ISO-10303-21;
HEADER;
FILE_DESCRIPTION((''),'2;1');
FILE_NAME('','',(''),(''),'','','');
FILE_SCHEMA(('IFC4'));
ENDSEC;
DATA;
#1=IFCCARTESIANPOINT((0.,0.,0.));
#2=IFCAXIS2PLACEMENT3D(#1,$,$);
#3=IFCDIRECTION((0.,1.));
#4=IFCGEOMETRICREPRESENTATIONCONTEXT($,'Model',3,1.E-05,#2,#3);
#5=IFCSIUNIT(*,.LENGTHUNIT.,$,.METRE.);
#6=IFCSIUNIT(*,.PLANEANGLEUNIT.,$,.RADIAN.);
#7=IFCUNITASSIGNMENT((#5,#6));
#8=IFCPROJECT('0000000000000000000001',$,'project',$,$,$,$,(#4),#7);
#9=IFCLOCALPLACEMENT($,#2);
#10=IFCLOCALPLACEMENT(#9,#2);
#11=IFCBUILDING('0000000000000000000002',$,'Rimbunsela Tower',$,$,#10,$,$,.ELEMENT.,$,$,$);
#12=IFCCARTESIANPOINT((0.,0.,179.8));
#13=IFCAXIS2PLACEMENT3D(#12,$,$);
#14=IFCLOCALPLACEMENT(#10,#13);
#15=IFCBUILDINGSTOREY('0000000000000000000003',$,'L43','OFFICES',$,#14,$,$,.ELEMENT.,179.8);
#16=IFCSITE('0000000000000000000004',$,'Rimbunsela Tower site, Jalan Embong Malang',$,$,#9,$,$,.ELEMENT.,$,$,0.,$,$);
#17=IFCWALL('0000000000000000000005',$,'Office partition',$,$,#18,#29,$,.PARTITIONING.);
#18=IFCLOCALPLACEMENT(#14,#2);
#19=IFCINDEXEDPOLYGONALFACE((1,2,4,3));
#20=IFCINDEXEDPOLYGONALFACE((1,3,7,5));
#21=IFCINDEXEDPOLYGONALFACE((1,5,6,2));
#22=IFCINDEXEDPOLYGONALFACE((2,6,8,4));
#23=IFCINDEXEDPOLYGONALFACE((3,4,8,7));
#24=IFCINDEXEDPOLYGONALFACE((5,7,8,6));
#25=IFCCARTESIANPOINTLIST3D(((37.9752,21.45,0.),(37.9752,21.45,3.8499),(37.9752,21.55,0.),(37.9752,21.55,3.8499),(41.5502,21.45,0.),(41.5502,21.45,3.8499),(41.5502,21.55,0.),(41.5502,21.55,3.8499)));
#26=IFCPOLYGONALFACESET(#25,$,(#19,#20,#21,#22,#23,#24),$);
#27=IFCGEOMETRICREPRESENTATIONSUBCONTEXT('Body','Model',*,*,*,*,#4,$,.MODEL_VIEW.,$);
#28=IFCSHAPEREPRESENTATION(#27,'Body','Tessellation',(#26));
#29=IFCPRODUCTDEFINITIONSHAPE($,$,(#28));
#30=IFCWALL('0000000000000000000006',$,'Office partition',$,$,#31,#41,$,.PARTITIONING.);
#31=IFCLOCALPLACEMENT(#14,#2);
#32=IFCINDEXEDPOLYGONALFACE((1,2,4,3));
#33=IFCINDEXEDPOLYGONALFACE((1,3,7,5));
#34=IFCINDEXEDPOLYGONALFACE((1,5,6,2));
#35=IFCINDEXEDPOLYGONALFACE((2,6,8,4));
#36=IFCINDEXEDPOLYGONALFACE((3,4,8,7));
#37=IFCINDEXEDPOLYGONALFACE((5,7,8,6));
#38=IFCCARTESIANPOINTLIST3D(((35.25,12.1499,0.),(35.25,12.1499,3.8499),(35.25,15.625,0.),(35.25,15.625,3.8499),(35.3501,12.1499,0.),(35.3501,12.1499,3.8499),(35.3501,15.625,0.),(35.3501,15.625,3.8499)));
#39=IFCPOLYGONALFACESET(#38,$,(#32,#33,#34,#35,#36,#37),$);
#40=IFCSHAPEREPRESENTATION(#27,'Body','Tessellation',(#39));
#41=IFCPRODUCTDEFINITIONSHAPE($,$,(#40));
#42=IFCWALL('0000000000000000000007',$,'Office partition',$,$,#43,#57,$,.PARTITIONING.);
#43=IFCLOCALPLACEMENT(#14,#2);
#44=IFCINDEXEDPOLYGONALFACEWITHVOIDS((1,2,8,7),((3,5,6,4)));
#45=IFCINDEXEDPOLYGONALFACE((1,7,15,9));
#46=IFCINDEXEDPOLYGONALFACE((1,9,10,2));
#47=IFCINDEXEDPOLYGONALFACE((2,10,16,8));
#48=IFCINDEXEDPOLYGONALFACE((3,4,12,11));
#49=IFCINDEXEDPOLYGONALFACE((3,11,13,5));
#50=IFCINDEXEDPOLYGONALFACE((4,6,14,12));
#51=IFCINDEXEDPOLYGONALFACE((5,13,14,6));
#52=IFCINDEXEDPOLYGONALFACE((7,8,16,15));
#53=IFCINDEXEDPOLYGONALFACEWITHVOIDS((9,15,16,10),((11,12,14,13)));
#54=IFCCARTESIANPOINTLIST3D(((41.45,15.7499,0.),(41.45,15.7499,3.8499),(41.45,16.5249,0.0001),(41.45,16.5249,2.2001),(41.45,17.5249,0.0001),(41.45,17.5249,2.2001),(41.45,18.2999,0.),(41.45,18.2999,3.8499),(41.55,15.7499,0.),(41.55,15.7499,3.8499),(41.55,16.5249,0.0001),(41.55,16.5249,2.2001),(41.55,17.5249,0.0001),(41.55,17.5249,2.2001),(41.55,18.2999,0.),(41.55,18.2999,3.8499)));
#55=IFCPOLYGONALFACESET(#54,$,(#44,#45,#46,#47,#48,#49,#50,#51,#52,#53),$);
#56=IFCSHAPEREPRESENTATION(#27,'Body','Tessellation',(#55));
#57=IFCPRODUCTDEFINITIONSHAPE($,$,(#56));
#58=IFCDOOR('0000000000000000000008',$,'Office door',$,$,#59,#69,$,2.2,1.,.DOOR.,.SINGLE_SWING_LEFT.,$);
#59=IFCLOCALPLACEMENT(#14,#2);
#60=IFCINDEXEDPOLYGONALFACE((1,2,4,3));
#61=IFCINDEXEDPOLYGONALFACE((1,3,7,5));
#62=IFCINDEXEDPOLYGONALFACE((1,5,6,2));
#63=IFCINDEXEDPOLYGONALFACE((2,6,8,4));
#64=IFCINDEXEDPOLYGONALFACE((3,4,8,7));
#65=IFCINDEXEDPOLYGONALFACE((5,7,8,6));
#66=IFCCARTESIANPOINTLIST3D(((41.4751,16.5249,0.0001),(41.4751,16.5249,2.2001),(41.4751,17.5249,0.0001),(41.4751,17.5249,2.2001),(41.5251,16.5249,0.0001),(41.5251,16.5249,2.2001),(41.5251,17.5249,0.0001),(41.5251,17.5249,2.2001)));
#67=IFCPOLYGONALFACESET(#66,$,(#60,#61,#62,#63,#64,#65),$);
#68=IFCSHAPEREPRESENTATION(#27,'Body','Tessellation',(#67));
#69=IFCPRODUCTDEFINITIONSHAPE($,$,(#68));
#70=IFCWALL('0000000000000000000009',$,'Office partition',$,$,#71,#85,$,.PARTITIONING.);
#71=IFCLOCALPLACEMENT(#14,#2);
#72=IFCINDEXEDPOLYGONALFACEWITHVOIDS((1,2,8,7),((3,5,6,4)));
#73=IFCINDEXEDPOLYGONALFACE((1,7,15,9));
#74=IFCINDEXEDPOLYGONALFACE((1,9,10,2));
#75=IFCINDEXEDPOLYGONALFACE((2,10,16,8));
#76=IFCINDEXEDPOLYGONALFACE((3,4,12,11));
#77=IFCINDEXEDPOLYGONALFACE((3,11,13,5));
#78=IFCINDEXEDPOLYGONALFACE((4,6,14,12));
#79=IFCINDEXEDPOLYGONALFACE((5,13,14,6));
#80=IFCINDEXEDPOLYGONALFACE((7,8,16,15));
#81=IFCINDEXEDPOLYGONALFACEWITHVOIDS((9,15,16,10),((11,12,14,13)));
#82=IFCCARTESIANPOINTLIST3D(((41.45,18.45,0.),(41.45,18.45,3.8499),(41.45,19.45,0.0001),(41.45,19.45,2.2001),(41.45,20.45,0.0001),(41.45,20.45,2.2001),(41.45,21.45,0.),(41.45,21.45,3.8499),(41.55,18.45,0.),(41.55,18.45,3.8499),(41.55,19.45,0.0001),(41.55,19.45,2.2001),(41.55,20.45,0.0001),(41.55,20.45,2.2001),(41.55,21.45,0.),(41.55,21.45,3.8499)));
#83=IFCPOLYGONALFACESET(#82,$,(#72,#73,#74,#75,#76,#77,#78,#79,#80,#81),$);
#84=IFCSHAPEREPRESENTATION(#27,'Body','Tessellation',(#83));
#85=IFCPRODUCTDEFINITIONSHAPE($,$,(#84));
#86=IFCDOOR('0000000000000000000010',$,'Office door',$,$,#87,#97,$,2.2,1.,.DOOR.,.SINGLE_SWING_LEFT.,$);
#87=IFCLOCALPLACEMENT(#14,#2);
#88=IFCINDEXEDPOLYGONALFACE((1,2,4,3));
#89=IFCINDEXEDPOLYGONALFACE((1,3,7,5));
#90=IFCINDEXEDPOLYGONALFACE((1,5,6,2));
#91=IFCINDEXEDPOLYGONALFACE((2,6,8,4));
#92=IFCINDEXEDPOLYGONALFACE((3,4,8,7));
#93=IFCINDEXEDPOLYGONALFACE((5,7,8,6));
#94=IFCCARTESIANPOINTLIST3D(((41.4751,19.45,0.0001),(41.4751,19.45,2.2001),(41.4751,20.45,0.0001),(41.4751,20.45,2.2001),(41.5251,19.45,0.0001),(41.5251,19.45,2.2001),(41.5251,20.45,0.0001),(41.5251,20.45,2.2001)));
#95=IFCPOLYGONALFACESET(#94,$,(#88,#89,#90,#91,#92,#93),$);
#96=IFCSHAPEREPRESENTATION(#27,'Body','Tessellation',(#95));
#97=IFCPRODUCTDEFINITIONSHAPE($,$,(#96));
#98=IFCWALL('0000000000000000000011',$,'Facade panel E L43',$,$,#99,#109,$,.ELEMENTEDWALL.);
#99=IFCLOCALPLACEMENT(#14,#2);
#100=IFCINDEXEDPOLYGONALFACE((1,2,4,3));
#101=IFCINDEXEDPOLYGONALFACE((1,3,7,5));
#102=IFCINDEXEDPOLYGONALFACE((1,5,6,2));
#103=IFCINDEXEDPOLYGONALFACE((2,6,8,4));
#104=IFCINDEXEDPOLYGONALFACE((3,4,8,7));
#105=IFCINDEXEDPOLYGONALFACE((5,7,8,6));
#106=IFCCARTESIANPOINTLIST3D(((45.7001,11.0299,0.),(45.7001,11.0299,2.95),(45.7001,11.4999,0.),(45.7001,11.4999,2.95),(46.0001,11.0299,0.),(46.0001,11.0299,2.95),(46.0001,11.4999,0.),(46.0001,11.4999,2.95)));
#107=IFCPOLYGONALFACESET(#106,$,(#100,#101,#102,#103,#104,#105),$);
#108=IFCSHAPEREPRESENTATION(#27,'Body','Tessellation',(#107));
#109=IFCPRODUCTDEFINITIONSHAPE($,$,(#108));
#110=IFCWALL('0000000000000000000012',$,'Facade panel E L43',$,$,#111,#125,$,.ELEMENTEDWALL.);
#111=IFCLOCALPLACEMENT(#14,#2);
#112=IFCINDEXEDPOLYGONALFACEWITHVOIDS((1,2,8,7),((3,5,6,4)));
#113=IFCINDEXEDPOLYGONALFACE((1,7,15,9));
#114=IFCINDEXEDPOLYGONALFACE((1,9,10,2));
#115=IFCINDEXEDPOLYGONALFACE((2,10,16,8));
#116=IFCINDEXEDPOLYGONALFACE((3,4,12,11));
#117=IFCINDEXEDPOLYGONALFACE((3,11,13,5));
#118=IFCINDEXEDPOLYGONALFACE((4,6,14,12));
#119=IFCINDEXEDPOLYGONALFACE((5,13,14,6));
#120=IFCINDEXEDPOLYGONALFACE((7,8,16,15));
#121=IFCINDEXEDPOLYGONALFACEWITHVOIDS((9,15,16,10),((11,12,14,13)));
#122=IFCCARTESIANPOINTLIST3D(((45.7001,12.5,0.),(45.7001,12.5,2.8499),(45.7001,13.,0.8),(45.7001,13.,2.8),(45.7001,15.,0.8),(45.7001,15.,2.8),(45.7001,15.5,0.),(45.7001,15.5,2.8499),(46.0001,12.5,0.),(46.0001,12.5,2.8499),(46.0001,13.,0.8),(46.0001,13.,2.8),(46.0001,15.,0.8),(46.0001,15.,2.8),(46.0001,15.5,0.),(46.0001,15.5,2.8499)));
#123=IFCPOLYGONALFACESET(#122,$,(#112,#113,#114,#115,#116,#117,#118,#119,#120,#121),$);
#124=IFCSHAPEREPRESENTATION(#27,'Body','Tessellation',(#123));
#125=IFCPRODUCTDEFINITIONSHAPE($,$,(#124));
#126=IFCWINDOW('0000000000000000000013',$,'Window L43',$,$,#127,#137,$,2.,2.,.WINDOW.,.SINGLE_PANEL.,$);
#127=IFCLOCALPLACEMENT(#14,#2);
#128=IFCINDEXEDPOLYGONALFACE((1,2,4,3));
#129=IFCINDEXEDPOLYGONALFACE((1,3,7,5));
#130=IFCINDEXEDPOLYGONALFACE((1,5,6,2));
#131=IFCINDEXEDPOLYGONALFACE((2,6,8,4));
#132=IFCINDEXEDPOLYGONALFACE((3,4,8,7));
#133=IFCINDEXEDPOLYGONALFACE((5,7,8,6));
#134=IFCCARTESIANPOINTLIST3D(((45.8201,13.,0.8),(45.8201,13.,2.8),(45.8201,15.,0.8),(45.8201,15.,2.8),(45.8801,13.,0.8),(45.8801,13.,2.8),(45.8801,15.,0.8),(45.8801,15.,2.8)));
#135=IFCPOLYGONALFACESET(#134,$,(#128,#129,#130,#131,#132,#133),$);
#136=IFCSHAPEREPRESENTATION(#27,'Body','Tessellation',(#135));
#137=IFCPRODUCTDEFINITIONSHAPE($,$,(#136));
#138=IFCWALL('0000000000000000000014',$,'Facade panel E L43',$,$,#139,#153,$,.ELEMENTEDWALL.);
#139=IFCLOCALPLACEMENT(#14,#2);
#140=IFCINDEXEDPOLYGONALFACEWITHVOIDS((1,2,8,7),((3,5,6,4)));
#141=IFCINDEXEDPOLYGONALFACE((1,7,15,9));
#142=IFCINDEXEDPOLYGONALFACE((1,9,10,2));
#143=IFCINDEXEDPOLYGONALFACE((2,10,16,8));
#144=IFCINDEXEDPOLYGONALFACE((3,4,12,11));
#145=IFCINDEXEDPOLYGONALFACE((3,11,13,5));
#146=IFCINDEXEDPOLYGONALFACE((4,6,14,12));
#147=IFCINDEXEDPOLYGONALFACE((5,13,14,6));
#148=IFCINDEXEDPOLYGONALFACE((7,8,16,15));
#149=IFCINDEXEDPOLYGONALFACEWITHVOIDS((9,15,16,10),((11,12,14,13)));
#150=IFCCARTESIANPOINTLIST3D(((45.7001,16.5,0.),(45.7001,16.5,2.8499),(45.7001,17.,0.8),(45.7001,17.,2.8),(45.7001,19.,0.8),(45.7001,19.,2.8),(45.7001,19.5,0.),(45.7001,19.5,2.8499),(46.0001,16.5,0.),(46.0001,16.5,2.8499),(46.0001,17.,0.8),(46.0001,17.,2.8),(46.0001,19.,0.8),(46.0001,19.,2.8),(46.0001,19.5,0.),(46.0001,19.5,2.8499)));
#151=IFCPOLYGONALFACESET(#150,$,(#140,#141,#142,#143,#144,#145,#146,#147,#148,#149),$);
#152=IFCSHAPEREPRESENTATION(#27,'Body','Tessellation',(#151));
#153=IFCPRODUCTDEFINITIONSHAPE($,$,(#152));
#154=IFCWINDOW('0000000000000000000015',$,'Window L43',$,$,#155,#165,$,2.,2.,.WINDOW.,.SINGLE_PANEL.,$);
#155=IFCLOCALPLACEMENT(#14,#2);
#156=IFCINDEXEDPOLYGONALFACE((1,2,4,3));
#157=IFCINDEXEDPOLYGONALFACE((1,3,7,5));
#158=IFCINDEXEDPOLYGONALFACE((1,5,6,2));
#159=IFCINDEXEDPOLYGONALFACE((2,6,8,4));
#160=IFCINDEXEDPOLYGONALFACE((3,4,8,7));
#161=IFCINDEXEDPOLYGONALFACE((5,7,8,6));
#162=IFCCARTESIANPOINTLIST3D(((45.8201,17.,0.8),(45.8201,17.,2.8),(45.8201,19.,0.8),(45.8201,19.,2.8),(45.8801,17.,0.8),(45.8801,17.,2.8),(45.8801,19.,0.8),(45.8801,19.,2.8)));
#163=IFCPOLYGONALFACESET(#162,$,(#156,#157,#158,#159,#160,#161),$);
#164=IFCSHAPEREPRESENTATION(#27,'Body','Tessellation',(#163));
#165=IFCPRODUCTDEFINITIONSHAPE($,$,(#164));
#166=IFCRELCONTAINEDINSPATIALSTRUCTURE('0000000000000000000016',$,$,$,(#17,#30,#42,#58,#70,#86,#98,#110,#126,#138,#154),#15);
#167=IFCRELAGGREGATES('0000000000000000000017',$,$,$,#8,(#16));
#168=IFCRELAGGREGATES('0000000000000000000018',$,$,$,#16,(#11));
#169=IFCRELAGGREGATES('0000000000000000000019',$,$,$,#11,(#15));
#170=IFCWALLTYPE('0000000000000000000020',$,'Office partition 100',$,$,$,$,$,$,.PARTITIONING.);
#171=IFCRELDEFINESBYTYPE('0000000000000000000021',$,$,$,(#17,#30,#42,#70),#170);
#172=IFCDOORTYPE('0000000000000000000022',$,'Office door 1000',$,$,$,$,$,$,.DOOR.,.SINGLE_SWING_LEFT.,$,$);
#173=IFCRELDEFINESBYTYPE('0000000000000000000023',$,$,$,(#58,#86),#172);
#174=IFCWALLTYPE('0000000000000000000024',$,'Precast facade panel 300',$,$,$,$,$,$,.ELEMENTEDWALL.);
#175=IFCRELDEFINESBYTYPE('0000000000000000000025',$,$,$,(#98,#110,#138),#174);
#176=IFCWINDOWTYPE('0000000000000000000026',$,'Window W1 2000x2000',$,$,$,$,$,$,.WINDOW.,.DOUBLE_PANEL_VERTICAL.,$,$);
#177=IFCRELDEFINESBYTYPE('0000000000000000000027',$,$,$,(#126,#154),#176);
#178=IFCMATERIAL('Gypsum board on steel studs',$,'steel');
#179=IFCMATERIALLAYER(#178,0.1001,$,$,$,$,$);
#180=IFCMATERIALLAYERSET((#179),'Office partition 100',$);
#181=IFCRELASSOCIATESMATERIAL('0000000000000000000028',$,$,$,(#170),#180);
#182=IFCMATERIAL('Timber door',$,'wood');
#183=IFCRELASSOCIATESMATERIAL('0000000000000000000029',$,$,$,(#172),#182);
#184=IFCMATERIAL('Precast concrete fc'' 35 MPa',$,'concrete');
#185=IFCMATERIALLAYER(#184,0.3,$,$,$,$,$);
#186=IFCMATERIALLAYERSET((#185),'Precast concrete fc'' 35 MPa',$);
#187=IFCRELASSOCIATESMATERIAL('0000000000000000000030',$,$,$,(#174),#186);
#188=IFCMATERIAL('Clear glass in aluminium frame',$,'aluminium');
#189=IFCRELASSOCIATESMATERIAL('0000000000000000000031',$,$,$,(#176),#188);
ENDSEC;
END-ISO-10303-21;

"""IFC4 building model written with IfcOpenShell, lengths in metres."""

from ifc_helpers import new_model, si_unit, direction, frame, frame_2d, origin, place, context, subcontext, project, spatial, rectangle, extrude, material, layer, layer_set, type_object, element, fill, save


model = new_model("IFC4")

# Units and contexts
model_context = context("Model", 3, precision=1e-05, world=origin(), true_north=direction((0.0, 1.0)))
body_context = subcontext(model_context, "Body", "Model", "MODEL_VIEW")
ifc_project = project(units=[si_unit("LENGTHUNIT", "METRE"), si_unit("PLANEANGLEUNIT", "RADIAN")], contexts=[model_context])

# Site, building, storey
site_placement = place(None, origin())
site = spatial("IfcSite", under=ifc_project, at=site_placement, Name="Rimbunsela Tower site, Jalan Embong Malang", CompositionType="ELEMENT", RefElevation=0.0)
building_placement = place(site_placement, origin())
building = spatial("IfcBuilding", under=site, at=building_placement, Name="Rimbunsela Tower", CompositionType="ELEMENT")
storey_placement = place(building_placement, frame((0.0, 0.0, 179.8)))
storey = spatial("IfcBuildingStorey", under=building, at=storey_placement, Name="L43", Description="OFFICES", CompositionType="ELEMENT", Elevation=179.8)

# Walls
ifc_material_1 = material(Name="Gypsum board on steel studs", Category="steel")
ifc_layer_1 = layer(ifc_material_1, 0.1001)
ifc_layer_set_1 = layer_set([ifc_layer_1], Name="Office partition 100")
wall_type_1 = type_object("IfcWallType", Name="Office partition 100", PredefinedType="PARTITIONING", material=ifc_layer_set_1)
for number, where, z_axis, x_axis, name in (
    (1, (37.9751, 21.5, 0.0), (0.0, 0.0, 1.0), (1.0, 0.0, 0.0), "Office partition"),
):
    element("IfcWall", number, at=place(storey_placement, frame(where, z_axis=z_axis, x_axis=x_axis)), inside=storey, type_object=wall_type_1, Name=name, PredefinedType="PARTITIONING", context=body_context, shape_type="SweptSolid", body=[
        extrude(rectangle(XDim=3.575, YDim=0.1001, at=frame_2d((1.7876, 0.0))), origin(), (0.0, 0.0, 1.0), 3.8499),
    ])
wall_1_placement = place(storey_placement, frame((35.3, 12.1499, 0.0), z_axis=(0.0, 0.0, 1.0), x_axis=(0.0, 1.0, 0.0)))
element("IfcWall", 2, at=wall_1_placement, inside=storey, type_object=wall_type_1, Name="Office partition", PredefinedType="PARTITIONING", context=body_context, shape_type="SweptSolid", body=[
    extrude(rectangle(XDim=3.4751, YDim=0.1001, at=frame_2d((1.7375, 0.0))), origin(), (0.0, 0.0, 1.0), 3.8499),
])

# Walls, openings, doors
wall_2_placement = place(storey_placement, frame((41.5, 15.75, 0.0), z_axis=(0.0, 0.0, 1.0), x_axis=(0.0, 1.0, 0.0)))
wall_2 = element("IfcWall", 3, at=wall_2_placement, inside=storey, type_object=wall_type_1, Name="Office partition", PredefinedType="PARTITIONING", context=body_context, shape_type="SweptSolid", body=[
    extrude(rectangle(XDim=2.55, YDim=0.1001, at=frame_2d((1.2749, 0.0))), origin(), (0.0, 0.0, 1.0), 3.8499),
])
opening_1_placement = place(wall_2_placement, frame((0.7749, 0.0, 0.0)))
opening_1 = element("IfcOpeningElement", 4, at=opening_1_placement, cuts=wall_2, PredefinedType="OPENING", context=body_context, shape_type="SweptSolid", body=[
    extrude(rectangle(XDim=1.0, YDim=2.2, at=frame_2d((0.5, 1.1001))), frame((0.0, 0.0601, 0.0), z_axis=(0.0, -1.0, 0.0), x_axis=(1.0, 0.0, 0.0)), (0.0, 0.0, 1.0), 0.1201),
])
ifc_material_2 = material(Name="Timber door", Category="wood")
door_type_1 = type_object("IfcDoorType", Name="Office door 1000", OperationType="SINGLE_SWING_LEFT", PredefinedType="DOOR", material=ifc_material_2)
door_1_placement = place(opening_1_placement, origin())
door_1 = element("IfcDoor", 5, at=door_1_placement, inside=storey, type_object=door_type_1, Name="Office door", OperationType="SINGLE_SWING_LEFT", OverallHeight=2.2, OverallWidth=1.0, PredefinedType="DOOR", context=body_context, shape_type="SweptSolid", body=[
    extrude(rectangle(XDim=1.0, YDim=2.2, at=frame_2d((0.5, 1.1001))), frame((0.0, 0.0249, 0.0), z_axis=(0.0, -1.0, 0.0), x_axis=(1.0, 0.0, 0.0)), (0.0, 0.0, 1.0), 0.05),
])
fill(opening_1, door_1)
wall_3_placement = place(storey_placement, frame((41.5, 18.45, 0.0), z_axis=(0.0, 0.0, 1.0), x_axis=(0.0, 1.0, 0.0)))
wall_3 = element("IfcWall", 6, at=wall_3_placement, inside=storey, type_object=wall_type_1, Name="Office partition", PredefinedType="PARTITIONING", context=body_context, shape_type="SweptSolid", body=[
    extrude(rectangle(XDim=3.0, YDim=0.1001, at=frame_2d((1.5, 0.0))), origin(), (0.0, 0.0, 1.0), 3.8499),
])
opening_2_placement = place(wall_3_placement, frame((1.0, 0.0, 0.0)))
opening_2 = element("IfcOpeningElement", 7, at=opening_2_placement, cuts=wall_3, PredefinedType="OPENING", context=body_context, shape_type="SweptSolid", body=[
    extrude(rectangle(XDim=1.0, YDim=2.2, at=frame_2d((0.5, 1.1001))), frame((0.0, 0.0601, 0.0), z_axis=(0.0, -1.0, 0.0), x_axis=(1.0, 0.0, 0.0)), (0.0, 0.0, 1.0), 0.1201),
])
door_2_placement = place(opening_2_placement, origin())
door_2 = element("IfcDoor", 8, at=door_2_placement, inside=storey, type_object=door_type_1, Name="Office door", OperationType="SINGLE_SWING_LEFT", OverallHeight=2.2, OverallWidth=1.0, PredefinedType="DOOR", context=body_context, shape_type="SweptSolid", body=[
    extrude(rectangle(XDim=1.0, YDim=2.2, at=frame_2d((0.5, 1.1001))), frame((0.0, 0.0249, 0.0), z_axis=(0.0, -1.0, 0.0), x_axis=(1.0, 0.0, 0.0)), (0.0, 0.0, 1.0), 0.05),
])
fill(opening_2, door_2)

# Wall
ifc_material_3 = material(Name="Precast concrete fc' 35 MPa", Category="concrete")
ifc_layer_2 = layer(ifc_material_3, 0.3)
ifc_layer_set_2 = layer_set([ifc_layer_2], Name="Precast concrete fc' 35 MPa")
wall_type_2 = type_object("IfcWallType", Name="Precast facade panel 300", PredefinedType="ELEMENTEDWALL", material=ifc_layer_set_2)
wall_4_placement = place(storey_placement, frame((45.8501, 11.03, 0.0), z_axis=(0.0, 0.0, 1.0), x_axis=(0.0, 1.0, 0.0)))
element("IfcWall", 9, at=wall_4_placement, inside=storey, type_object=wall_type_2, Name="Facade panel E L43", PredefinedType="ELEMENTEDWALL", context=body_context, shape_type="SweptSolid", body=[
    extrude(rectangle(XDim=0.47, YDim=0.3, at=frame_2d((0.2349, 0.0))), origin(), (0.0, 0.0, 1.0), 2.95),
])

# Walls, openings, windows
wall_5_placement = place(storey_placement, frame((45.8501, 12.5, 0.0), z_axis=(0.0, 0.0, 1.0), x_axis=(0.0, 1.0, 0.0)))
wall_5 = element("IfcWall", 10, at=wall_5_placement, inside=storey, type_object=wall_type_2, Name="Facade panel E L43", PredefinedType="ELEMENTEDWALL", context=body_context, shape_type="SweptSolid", body=[
    extrude(rectangle(XDim=3.0, YDim=0.3, at=frame_2d((1.5, 0.0))), origin(), (0.0, 0.0, 1.0), 2.8499),
])
opening_3_placement = place(wall_5_placement, frame((0.5, 0.0, 0.8)))
opening_3 = element("IfcOpeningElement", 11, at=opening_3_placement, cuts=wall_5, PredefinedType="OPENING", context=body_context, shape_type="SweptSolid", body=[
    extrude(rectangle(XDim=2.0, YDim=2.0, at=frame_2d((1.0, 1.0))), frame((0.0, 0.1599, 0.0), z_axis=(0.0, -1.0, 0.0), x_axis=(1.0, 0.0, 0.0)), (0.0, 0.0, 1.0), 0.3201),
])
ifc_material_4 = material(Name="Clear glass in aluminium frame", Category="aluminium")
window_type = type_object("IfcWindowType", Name="Window W1 2000x2000", PartitioningType="DOUBLE_PANEL_VERTICAL", PredefinedType="WINDOW", material=ifc_material_4)
window_1_placement = place(opening_3_placement, origin())
window_1 = element("IfcWindow", 12, at=window_1_placement, inside=storey, type_object=window_type, Name="Window L43", OverallHeight=2.0, OverallWidth=2.0, PartitioningType="SINGLE_PANEL", PredefinedType="WINDOW", context=body_context, shape_type="SweptSolid", body=[
    extrude(rectangle(XDim=2.0, YDim=2.0, at=frame_2d((1.0, 1.0))), frame((0.0, 0.03, 0.0), z_axis=(0.0, -1.0, 0.0), x_axis=(1.0, 0.0, 0.0)), (0.0, 0.0, 1.0), 0.0601),
])
fill(opening_3, window_1)
wall_6_placement = place(storey_placement, frame((45.8501, 16.5, 0.0), z_axis=(0.0, 0.0, 1.0), x_axis=(0.0, 1.0, 0.0)))
wall_6 = element("IfcWall", 13, at=wall_6_placement, inside=storey, type_object=wall_type_2, Name="Facade panel E L43", PredefinedType="ELEMENTEDWALL", context=body_context, shape_type="SweptSolid", body=[
    extrude(rectangle(XDim=3.0, YDim=0.3, at=frame_2d((1.5, 0.0))), origin(), (0.0, 0.0, 1.0), 2.8499),
])
opening_4_placement = place(wall_6_placement, frame((0.5, 0.0, 0.8)))
opening_4 = element("IfcOpeningElement", 14, at=opening_4_placement, cuts=wall_6, PredefinedType="OPENING", context=body_context, shape_type="SweptSolid", body=[
    extrude(rectangle(XDim=2.0, YDim=2.0, at=frame_2d((1.0, 1.0))), frame((0.0, 0.1599, 0.0), z_axis=(0.0, -1.0, 0.0), x_axis=(1.0, 0.0, 0.0)), (0.0, 0.0, 1.0), 0.3201),
])
window_2_placement = place(opening_4_placement, origin())
window_2 = element("IfcWindow", 15, at=window_2_placement, inside=storey, type_object=window_type, Name="Window L43", OverallHeight=2.0, OverallWidth=2.0, PartitioningType="SINGLE_PANEL", PredefinedType="WINDOW", context=body_context, shape_type="SweptSolid", body=[
    extrude(rectangle(XDim=2.0, YDim=2.0, at=frame_2d((1.0, 1.0))), frame((0.0, 0.03, 0.0), z_axis=(0.0, -1.0, 0.0), x_axis=(1.0, 0.0, 0.0)), (0.0, 0.0, 1.0), 0.0601),
])
fill(opening_4, window_2)

save(model, "model.ifc")
